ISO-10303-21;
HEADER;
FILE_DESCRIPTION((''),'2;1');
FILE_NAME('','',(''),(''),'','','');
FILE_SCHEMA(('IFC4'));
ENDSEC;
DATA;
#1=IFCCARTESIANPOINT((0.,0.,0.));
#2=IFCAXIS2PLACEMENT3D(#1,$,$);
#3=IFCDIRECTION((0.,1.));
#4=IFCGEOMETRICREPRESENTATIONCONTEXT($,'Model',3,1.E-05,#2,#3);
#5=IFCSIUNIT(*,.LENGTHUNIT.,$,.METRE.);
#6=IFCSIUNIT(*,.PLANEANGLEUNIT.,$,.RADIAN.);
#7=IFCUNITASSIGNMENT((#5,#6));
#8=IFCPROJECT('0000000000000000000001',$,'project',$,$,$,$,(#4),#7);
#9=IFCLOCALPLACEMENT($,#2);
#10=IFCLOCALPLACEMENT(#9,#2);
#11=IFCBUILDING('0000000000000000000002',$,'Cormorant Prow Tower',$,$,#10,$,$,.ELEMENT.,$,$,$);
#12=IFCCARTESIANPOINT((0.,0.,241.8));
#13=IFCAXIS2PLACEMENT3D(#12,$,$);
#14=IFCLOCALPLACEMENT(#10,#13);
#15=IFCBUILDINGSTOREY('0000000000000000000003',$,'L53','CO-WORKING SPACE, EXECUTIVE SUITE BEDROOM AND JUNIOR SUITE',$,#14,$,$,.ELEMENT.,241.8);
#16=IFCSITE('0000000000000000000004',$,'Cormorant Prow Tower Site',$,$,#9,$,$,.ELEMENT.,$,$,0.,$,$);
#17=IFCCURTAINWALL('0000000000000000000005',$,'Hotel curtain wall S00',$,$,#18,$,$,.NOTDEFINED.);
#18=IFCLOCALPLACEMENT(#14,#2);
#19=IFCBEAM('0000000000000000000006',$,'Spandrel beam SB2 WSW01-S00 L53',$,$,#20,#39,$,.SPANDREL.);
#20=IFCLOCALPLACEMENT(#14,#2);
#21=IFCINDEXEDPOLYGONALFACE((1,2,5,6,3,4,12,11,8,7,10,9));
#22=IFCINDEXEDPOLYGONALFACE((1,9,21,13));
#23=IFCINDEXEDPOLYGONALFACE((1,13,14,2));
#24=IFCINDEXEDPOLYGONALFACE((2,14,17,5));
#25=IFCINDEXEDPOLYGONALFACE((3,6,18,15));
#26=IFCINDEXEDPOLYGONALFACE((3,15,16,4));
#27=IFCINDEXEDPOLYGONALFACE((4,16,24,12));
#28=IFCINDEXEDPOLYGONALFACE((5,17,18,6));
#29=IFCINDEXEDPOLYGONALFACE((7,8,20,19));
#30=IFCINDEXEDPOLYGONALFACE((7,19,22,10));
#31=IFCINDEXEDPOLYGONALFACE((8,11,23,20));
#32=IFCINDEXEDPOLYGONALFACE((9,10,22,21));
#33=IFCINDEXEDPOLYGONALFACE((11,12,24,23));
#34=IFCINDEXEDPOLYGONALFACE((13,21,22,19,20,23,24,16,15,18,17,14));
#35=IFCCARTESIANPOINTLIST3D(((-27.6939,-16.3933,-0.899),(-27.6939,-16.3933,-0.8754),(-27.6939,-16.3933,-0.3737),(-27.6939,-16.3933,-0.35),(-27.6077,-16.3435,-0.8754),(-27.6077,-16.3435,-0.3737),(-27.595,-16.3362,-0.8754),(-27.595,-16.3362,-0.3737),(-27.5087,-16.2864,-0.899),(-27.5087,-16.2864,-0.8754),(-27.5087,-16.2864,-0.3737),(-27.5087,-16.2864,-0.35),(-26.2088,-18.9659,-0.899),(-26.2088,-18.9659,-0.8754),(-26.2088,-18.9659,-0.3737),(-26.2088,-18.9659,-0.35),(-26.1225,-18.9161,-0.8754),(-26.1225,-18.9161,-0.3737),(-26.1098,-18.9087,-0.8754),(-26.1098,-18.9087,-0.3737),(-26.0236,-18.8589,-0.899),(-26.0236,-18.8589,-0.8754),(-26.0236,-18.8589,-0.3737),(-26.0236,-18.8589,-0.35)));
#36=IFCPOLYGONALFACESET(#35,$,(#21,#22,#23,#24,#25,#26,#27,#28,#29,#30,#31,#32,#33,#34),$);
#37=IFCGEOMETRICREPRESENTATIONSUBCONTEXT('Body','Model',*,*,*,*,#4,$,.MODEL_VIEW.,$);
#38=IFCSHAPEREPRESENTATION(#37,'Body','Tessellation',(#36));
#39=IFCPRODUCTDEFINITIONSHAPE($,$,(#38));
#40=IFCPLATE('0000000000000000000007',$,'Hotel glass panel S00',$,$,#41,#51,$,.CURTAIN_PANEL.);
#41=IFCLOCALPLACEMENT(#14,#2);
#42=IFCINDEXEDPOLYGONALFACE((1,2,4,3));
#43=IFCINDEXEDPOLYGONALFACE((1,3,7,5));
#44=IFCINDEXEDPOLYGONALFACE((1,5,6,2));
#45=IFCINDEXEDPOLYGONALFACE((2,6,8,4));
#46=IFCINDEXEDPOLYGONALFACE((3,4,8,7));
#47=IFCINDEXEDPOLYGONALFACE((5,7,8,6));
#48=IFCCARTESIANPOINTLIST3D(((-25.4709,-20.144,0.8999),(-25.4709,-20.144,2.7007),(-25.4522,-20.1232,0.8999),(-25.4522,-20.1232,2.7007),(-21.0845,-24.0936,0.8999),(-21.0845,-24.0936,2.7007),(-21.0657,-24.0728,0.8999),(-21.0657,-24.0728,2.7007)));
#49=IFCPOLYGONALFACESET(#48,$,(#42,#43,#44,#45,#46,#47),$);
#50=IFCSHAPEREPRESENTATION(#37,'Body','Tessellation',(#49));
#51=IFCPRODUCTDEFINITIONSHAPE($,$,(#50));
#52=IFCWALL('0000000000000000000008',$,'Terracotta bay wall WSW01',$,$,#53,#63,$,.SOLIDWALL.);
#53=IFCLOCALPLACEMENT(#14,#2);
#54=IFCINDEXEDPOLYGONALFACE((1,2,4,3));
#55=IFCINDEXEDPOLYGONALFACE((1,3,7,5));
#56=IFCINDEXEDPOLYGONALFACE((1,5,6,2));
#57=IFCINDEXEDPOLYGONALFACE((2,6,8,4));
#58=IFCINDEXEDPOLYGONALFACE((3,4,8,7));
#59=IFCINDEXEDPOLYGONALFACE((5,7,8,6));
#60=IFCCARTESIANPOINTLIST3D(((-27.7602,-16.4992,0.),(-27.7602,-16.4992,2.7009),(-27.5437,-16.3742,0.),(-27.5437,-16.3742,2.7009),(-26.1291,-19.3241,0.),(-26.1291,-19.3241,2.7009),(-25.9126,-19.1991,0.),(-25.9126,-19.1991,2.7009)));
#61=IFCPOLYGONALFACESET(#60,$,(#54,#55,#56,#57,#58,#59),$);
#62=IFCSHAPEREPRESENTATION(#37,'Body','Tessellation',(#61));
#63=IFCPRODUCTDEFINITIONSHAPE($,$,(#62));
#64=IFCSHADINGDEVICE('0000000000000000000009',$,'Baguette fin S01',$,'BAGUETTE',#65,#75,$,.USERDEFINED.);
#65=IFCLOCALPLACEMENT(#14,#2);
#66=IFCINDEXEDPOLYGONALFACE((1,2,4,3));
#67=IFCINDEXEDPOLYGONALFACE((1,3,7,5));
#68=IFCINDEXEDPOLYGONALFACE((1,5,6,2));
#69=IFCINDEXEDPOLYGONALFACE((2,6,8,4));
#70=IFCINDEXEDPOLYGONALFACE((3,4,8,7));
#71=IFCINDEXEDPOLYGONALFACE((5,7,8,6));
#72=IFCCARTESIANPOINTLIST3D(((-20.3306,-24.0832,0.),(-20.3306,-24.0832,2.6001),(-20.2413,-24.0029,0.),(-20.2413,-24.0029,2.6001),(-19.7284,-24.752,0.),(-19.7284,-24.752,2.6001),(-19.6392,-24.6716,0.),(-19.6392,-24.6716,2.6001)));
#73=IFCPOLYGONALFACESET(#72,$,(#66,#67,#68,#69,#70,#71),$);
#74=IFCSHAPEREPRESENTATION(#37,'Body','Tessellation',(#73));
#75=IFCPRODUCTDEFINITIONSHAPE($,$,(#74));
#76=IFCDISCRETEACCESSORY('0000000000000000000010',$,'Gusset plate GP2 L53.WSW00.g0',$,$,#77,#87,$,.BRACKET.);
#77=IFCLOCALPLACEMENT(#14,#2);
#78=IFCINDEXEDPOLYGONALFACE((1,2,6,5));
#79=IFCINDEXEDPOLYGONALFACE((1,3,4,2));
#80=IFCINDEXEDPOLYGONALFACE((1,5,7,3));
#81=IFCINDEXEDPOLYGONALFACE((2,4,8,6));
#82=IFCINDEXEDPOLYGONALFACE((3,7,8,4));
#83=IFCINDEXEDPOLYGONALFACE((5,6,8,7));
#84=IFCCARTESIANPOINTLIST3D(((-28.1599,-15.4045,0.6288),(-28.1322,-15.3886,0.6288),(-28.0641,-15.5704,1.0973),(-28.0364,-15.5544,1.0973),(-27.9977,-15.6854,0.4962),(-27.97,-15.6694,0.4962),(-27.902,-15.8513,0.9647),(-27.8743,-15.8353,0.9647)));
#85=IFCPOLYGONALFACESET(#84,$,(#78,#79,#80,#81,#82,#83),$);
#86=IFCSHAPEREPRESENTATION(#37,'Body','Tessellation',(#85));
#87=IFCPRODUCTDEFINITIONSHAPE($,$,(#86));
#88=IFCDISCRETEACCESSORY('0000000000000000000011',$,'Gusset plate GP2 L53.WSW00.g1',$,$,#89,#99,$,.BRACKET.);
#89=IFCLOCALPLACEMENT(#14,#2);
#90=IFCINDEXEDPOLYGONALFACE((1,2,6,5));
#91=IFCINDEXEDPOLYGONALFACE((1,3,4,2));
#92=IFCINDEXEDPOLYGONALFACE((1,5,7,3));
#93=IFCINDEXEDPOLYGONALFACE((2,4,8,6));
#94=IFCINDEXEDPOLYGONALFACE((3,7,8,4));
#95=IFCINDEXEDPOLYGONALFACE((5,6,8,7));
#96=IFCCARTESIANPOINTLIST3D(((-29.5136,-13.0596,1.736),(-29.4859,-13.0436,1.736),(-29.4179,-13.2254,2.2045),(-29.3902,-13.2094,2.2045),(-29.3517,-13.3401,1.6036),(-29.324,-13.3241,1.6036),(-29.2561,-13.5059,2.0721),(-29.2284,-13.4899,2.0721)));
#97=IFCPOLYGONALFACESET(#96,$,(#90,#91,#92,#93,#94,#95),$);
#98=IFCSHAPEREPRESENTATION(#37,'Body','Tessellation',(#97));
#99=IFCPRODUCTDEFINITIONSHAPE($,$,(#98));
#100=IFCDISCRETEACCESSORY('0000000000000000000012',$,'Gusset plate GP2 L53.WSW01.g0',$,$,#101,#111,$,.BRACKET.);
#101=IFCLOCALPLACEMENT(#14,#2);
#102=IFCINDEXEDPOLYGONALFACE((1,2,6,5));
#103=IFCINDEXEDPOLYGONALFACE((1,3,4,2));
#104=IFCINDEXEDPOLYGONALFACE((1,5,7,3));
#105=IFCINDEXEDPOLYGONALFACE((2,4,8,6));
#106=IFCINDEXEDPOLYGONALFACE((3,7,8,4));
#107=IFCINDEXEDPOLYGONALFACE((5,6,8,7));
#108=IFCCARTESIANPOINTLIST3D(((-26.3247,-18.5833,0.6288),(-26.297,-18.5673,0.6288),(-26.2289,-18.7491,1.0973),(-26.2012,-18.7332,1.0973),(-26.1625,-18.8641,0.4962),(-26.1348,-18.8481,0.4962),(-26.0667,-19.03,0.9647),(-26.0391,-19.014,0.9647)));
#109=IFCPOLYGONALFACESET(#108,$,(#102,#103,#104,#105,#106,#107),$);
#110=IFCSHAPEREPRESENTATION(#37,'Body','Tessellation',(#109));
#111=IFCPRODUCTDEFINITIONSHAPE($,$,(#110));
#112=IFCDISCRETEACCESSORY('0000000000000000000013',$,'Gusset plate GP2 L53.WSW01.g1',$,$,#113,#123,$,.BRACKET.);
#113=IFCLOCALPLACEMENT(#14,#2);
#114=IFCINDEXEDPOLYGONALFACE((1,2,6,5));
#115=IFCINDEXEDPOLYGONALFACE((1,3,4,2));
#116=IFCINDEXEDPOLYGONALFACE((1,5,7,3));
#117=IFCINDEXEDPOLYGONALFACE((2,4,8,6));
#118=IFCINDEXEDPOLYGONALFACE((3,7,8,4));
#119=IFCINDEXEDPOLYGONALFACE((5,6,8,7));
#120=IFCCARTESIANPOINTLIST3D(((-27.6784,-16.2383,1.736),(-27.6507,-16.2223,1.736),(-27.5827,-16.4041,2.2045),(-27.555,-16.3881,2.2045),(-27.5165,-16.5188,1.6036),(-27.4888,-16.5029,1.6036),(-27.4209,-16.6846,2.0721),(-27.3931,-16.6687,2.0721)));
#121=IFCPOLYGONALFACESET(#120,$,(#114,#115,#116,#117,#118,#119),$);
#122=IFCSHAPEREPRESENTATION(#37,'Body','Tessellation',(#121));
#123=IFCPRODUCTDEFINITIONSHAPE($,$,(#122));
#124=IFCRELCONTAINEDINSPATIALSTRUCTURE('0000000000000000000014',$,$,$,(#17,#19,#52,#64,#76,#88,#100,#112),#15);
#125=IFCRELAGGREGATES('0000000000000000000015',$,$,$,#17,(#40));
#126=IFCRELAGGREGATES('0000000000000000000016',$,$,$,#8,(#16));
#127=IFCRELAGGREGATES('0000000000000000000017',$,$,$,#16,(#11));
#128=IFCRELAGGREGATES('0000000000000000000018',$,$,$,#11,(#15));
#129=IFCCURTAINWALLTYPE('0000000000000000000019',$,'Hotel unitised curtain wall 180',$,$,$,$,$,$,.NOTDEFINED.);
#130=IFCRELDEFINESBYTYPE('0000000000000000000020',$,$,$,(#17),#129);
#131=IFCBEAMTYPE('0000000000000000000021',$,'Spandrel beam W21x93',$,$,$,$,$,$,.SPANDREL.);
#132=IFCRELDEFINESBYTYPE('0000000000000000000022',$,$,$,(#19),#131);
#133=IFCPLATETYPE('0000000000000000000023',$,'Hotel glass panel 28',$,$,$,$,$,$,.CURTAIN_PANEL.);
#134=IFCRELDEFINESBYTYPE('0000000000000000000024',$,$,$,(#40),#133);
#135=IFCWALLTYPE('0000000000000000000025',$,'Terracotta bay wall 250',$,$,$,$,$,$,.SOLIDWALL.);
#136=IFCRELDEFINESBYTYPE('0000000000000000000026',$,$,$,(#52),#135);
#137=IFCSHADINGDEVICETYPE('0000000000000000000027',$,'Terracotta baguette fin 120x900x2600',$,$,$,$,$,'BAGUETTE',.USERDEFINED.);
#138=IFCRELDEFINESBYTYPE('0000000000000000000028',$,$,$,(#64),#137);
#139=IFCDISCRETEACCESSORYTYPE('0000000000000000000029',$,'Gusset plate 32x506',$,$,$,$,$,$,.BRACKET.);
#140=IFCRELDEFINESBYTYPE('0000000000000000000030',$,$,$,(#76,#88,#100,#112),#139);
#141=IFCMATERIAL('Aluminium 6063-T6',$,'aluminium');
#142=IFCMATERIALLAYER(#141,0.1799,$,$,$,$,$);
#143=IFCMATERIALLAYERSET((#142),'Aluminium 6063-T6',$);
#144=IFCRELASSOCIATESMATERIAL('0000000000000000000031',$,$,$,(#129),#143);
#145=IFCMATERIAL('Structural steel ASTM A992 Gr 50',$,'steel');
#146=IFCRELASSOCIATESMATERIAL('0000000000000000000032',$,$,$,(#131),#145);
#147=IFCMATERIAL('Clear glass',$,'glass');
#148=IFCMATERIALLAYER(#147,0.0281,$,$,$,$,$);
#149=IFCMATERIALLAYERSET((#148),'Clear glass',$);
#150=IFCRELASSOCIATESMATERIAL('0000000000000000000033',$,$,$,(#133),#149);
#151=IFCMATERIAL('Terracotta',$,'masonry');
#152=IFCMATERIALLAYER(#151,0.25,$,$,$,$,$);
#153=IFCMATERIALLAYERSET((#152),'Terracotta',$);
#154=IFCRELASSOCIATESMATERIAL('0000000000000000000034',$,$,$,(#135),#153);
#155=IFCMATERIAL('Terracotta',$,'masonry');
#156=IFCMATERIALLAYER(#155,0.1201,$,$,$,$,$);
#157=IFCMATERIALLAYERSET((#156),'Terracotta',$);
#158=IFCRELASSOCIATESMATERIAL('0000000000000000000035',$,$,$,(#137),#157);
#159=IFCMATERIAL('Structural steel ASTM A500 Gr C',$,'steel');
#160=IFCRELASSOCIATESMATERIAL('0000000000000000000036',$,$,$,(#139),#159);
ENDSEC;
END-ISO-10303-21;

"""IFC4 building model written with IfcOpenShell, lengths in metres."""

from ifc_helpers import new_model, si_unit, direction, frame, frame_2d, origin, origin_2d, place, context, subcontext, project, spatial, rectangle, i_section, extrude, material, layer, layer_set, material_profile, profile_set, type_object, element, aggregate, save


model = new_model("IFC4")

# Units and contexts
model_context = context("Model", 3, precision=1e-05, world=origin(), true_north=direction((0.0, 1.0)))
body_context = subcontext(model_context, "Body", "Model", "MODEL_VIEW")
ifc_project = project(units=[si_unit("LENGTHUNIT", "METRE"), si_unit("PLANEANGLEUNIT", "RADIAN")], contexts=[model_context])

# Site, building, storey
site_placement = place(None, origin())
site = spatial("IfcSite", under=ifc_project, at=site_placement, Name="Cormorant Prow Tower Site", CompositionType="ELEMENT", RefElevation=0.0)
building_placement = place(site_placement, origin())
building = spatial("IfcBuilding", under=site, at=building_placement, Name="Cormorant Prow Tower", CompositionType="ELEMENT")
storey_placement = place(building_placement, frame((0.0, 0.0, 241.8)))
storey = spatial("IfcBuildingStorey", under=building, at=storey_placement, Name="L53", Description="CO-WORKING SPACE, EXECUTIVE SUITE BEDROOM AND JUNIOR SUITE", CompositionType="ELEMENT", Elevation=241.8)

# Curtain wall
ifc_material_1 = material(Name="Aluminium 6063-T6", Category="aluminium")
ifc_layer_1 = layer(ifc_material_1, 0.1799)
ifc_layer_set_1 = layer_set([ifc_layer_1], Name="Aluminium 6063-T6")
curtain_wall_type = type_object("IfcCurtainWallType", Name="Hotel unitised curtain wall 180", PredefinedType="NOTDEFINED", material=ifc_layer_set_1)
curtain_wall_placement = place(storey_placement, origin())
curtain_wall = element("IfcCurtainWall", 1, at=curtain_wall_placement, inside=storey, type_object=curtain_wall_type, Name="Hotel curtain wall S00", PredefinedType="NOTDEFINED")

# Beam
ifc_material_2 = material(Name="Structural steel ASTM A992 Gr 50", Category="steel")
ifc_material_profile_1 = material_profile(ifc_material_2, i_section(OverallWidth=0.2139, OverallDepth=0.5491, WebThickness=0.0146, FlangeThickness=0.0237, at=origin_2d()), Name="W21x93")
ifc_profile_set_1 = profile_set([ifc_material_profile_1], Name="Structural steel ASTM A992 Gr 50")
beam_type = type_object("IfcBeamType", Name="Spandrel beam W21x93", PredefinedType="SPANDREL", material=ifc_profile_set_1)
for number, where, z_axis, x_axis, name in (
    (2, (-27.6013, -16.3398, -0.6245), (0.499967, -0.866045, 0.0), (0.866045, 0.499967, 0.0), "Spandrel beam SB2 WSW01-S00 L53"),
):
    element("IfcBeam", number, at=place(storey_placement, frame(where, z_axis=z_axis, x_axis=x_axis)), inside=storey, type_object=beam_type, Name=name, PredefinedType="SPANDREL", context=body_context, shape_type="SweptSolid", body=[
        extrude(i_section(OverallWidth=0.2139, OverallDepth=0.5491, WebThickness=0.0146, FlangeThickness=0.0237, at=origin_2d()), origin(), (0.0, 0.0, 1.0), 2.9705),
    ])

# Plate
ifc_material_3 = material(Name="Clear glass", Category="glass")
ifc_layer_2 = layer(ifc_material_3, 0.0281)
ifc_layer_set_2 = layer_set([ifc_layer_2], Name="Clear glass")
plate_type = type_object("IfcPlateType", Name="Hotel glass panel 28", PredefinedType="CURTAIN_PANEL", material=ifc_layer_set_2)
plate_placement = place(storey_placement, frame((-23.2683, -22.1084, 0.8999), z_axis=(0.0, 0.0, 1.0), x_axis=(0.743145, -0.669131, 0.0)))
plate = element("IfcPlate", 3, at=plate_placement, type_object=plate_type, Name="Hotel glass panel S00", PredefinedType="CURTAIN_PANEL", context=body_context, shape_type="SweptSolid", body=[
    extrude(rectangle(XDim=5.9026, YDim=0.0281, at=origin_2d()), origin(), (0.0, 0.0, 1.0), 1.8008),
])
aggregate(curtain_wall, [plate])

# Wall
ifc_material_4 = material(Name="Terracotta", Category="masonry")
ifc_layer_3 = layer(ifc_material_4, 0.25)
ifc_layer_set_3 = layer_set([ifc_layer_3], Name="Terracotta")
wall_type_1 = type_object("IfcWallType", Name="Terracotta bay wall 250", PredefinedType="SOLIDWALL", material=ifc_layer_set_3)
wall_1_placement = place(storey_placement, frame((-27.6519, -16.4368, 0.0), z_axis=(0.0, 0.0, 1.0), x_axis=(0.500027, -0.86601, 0.0)))
element("IfcWall", 4, at=wall_1_placement, inside=storey, type_object=wall_type_1, Name="Terracotta bay wall WSW01", PredefinedType="SOLIDWALL", context=body_context, shape_type="SweptSolid", body=[
    extrude(rectangle(XDim=3.262, YDim=0.25, at=frame_2d((1.6309, 0.0))), origin(), (0.0, 0.0, 1.0), 2.7009),
])

# Shading device
ifc_material_5 = material(Name="Terracotta", Category="masonry")
ifc_layer_4 = layer(ifc_material_5, 0.1201)
ifc_layer_set_4 = layer_set([ifc_layer_4], Name="Terracotta")
shading_device_type = type_object("IfcShadingDeviceType", Name="Terracotta baguette fin 120x900x2600", ElementType="BAGUETTE", PredefinedType="USERDEFINED", material=ifc_layer_set_4)
shading_device_placement = place(storey_placement, frame((-19.9849, -24.3774, 0.0), z_axis=(0.0, 0.0, 1.0), x_axis=(0.743145, 0.669131, 0.0)))
element("IfcShadingDevice", 5, at=shading_device_placement, inside=storey, type_object=shading_device_type, Name="Baguette fin S01", ObjectType="BAGUETTE", PredefinedType="USERDEFINED", context=body_context, shape_type="SweptSolid", body=[
    extrude(rectangle(XDim=0.1201, YDim=0.8999, at=origin_2d()), origin(), (0.0, 0.0, 1.0), 2.6001),
])

# Discrete accessories
ifc_material_6 = material(Name="Structural steel ASTM A500 Gr C", Category="steel")
ifc_material_profile_2 = material_profile(ifc_material_6, rectangle(XDim=0.032, YDim=0.5061, at=origin_2d()), Name="Gusset plate 32x506")
ifc_profile_set_2 = profile_set([ifc_material_profile_2], Name="Structural steel ASTM A500 Gr C")
discrete_accessory_type = type_object("IfcDiscreteAccessoryType", Name="Gusset plate 32x506", PredefinedType="BRACKET", material=ifc_profile_set_2)
discrete_accessory_1_placement = place(storey_placement, frame((-28.0981, -15.4795, 0.863), z_axis=(0.462828, -0.801584, -0.378487), x_axis=(0.86601, 0.500027, 0.0)))
element("IfcDiscreteAccessory", 6, at=discrete_accessory_1_placement, inside=storey, type_object=discrete_accessory_type, Name="Gusset plate GP2 L53.WSW00.g0", PredefinedType="BRACKET", context=body_context, shape_type="SweptSolid", body=[
    extrude(rectangle(XDim=0.032, YDim=0.5061, at=origin_2d()), origin(), (0.0, 0.0, 1.0), 0.3503),
])
discrete_accessory_2_placement = place(storey_placement, frame((-29.29, -13.415, 1.8379), z_axis=(-0.462661, 0.801806, 0.378223), x_axis=(-0.866148, -0.499788, 0.0)))
element("IfcDiscreteAccessory", 7, at=discrete_accessory_2_placement, inside=storey, type_object=discrete_accessory_type, Name="Gusset plate GP2 L53.WSW00.g1", PredefinedType="BRACKET", context=body_context, shape_type="SweptSolid", body=[
    extrude(rectangle(XDim=0.032, YDim=0.5061, at=origin_2d()), origin(), (0.0, 0.0, 1.0), 0.3499),
])
discrete_accessory_3_placement = place(storey_placement, frame((-26.2629, -18.6582, 0.863), z_axis=(0.462828, -0.801584, -0.378487), x_axis=(0.86601, 0.500027, 0.0)))
element("IfcDiscreteAccessory", 8, at=discrete_accessory_3_placement, inside=storey, type_object=discrete_accessory_type, Name="Gusset plate GP2 L53.WSW01.g0", PredefinedType="BRACKET", context=body_context, shape_type="SweptSolid", body=[
    extrude(rectangle(XDim=0.032, YDim=0.5061, at=origin_2d()), origin(), (0.0, 0.0, 1.0), 0.3503),
])
discrete_accessory_4_placement = place(storey_placement, frame((-27.4548, -16.5938, 1.8379), z_axis=(-0.462661, 0.801806, 0.378223), x_axis=(-0.866148, -0.499788, 0.0)))
element("IfcDiscreteAccessory", 9, at=discrete_accessory_4_placement, inside=storey, type_object=discrete_accessory_type, Name="Gusset plate GP2 L53.WSW01.g1", PredefinedType="BRACKET", context=body_context, shape_type="SweptSolid", body=[
    extrude(rectangle(XDim=0.032, YDim=0.5061, at=origin_2d()), origin(), (0.0, 0.0, 1.0), 0.3499),
])

save(model, "model.ifc")
